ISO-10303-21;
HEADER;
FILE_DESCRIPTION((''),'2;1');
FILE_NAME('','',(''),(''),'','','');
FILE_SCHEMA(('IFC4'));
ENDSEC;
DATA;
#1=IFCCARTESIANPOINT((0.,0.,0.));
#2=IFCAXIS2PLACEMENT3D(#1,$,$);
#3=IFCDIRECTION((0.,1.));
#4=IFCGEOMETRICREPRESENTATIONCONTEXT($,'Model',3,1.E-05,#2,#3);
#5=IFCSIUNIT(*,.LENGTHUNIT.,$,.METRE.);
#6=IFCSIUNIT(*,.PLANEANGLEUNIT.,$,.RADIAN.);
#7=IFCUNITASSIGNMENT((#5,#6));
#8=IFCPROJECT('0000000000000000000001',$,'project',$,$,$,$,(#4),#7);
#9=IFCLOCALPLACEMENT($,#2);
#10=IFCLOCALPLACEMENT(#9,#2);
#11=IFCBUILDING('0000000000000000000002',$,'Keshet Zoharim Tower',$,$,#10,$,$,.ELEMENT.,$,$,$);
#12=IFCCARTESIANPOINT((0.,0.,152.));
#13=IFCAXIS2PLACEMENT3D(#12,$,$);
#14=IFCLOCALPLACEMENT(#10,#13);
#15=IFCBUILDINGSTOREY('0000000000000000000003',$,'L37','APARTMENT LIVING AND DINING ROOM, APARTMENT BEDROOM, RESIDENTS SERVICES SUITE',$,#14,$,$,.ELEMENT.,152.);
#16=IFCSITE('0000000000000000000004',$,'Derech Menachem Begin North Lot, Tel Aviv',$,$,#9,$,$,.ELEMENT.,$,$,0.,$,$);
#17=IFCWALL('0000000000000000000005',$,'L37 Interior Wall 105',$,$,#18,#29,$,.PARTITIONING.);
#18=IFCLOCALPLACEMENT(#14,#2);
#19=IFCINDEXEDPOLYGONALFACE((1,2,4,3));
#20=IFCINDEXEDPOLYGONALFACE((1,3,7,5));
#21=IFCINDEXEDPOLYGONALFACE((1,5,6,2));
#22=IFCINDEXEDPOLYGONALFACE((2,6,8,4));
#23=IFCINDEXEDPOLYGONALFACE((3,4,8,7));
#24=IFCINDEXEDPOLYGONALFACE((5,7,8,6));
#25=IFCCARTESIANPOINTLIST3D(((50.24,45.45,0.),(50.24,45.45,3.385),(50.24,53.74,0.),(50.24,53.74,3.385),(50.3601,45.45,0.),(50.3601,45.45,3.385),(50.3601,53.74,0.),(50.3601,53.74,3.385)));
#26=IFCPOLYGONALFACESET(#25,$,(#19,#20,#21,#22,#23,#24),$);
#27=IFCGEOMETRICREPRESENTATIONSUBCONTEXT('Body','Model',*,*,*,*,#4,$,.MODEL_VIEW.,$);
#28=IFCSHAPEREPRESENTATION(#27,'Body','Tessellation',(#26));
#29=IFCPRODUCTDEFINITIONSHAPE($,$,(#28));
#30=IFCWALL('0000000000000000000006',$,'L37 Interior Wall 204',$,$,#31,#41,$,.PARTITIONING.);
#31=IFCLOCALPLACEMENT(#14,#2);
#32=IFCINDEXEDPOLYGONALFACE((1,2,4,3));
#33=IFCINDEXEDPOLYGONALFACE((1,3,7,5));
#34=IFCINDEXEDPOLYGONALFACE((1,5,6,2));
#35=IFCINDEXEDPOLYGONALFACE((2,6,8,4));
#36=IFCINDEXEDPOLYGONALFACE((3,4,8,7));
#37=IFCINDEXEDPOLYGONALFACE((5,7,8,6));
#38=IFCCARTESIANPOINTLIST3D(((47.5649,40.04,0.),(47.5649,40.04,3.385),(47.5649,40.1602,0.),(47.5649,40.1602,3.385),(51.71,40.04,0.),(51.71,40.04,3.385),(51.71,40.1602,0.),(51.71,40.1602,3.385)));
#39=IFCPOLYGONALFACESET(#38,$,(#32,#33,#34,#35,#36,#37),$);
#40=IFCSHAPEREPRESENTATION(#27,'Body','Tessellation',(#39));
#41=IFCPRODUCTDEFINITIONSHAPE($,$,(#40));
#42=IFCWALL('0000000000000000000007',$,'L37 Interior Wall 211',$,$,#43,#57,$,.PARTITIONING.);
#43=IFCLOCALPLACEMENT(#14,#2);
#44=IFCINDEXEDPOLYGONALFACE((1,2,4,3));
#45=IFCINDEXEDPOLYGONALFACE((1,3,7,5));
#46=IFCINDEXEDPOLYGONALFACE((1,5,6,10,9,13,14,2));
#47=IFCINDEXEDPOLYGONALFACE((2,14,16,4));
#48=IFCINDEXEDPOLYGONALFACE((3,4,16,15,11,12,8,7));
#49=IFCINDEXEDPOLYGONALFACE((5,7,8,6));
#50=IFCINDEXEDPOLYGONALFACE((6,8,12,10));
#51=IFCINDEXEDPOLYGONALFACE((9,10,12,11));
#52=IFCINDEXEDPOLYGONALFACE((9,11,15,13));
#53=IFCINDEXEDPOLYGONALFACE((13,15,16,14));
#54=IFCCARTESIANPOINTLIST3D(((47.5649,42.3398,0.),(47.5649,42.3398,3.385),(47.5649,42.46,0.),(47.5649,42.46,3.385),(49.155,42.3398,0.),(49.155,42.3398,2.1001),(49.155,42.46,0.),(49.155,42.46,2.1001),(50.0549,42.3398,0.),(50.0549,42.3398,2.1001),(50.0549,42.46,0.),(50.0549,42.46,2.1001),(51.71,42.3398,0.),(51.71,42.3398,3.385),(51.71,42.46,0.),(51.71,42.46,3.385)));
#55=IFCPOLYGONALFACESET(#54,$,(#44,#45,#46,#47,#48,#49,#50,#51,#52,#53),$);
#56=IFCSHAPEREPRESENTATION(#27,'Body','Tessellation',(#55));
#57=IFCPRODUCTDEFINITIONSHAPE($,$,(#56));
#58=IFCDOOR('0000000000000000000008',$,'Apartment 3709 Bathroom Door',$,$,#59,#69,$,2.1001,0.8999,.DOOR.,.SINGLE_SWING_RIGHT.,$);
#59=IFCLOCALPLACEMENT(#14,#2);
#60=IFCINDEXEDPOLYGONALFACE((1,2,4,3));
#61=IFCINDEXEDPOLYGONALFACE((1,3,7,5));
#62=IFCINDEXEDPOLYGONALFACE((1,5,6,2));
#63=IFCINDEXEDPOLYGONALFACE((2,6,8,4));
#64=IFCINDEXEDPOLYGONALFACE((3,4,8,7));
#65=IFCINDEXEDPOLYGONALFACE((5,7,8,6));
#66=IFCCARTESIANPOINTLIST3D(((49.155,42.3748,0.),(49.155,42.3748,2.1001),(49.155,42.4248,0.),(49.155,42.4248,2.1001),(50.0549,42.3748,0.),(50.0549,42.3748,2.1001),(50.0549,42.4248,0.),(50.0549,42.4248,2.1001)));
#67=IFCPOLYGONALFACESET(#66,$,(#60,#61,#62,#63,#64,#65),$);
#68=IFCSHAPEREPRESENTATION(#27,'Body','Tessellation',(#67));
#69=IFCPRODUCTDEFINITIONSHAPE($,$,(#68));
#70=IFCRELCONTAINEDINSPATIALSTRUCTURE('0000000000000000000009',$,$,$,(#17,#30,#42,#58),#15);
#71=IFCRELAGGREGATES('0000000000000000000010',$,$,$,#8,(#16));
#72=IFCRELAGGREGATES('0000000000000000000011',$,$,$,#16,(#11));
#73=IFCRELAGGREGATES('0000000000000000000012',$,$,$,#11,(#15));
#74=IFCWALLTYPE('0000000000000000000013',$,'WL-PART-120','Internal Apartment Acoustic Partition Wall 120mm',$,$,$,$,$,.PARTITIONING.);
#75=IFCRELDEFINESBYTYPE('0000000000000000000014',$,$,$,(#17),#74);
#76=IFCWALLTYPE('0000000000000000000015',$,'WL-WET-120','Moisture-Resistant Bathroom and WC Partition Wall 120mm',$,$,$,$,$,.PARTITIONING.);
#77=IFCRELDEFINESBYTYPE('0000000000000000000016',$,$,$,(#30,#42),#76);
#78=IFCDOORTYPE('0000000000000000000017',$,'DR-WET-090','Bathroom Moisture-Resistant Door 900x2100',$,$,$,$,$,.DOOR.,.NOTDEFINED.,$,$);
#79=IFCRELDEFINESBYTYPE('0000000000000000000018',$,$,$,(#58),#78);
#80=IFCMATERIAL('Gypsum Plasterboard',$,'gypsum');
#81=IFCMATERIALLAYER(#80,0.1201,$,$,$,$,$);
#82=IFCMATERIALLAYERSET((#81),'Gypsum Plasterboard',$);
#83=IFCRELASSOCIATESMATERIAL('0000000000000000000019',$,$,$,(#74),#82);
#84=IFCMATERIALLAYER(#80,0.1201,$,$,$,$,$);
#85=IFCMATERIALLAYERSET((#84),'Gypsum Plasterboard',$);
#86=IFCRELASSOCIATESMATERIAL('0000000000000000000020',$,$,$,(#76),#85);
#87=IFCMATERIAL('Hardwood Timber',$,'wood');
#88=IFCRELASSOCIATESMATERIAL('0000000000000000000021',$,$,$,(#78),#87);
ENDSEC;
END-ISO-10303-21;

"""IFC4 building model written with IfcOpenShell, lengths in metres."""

from ifc_helpers import new_model, si_unit, direction, frame, frame_2d, origin, place, context, subcontext, project, spatial, rectangle, extrude, material, layer, layer_set, type_object, element, fill, save


model = new_model("IFC4")

# Units and contexts
model_context = context("Model", 3, precision=1e-05, world=origin(), true_north=direction((0.0, 1.0)))
body_context = subcontext(model_context, "Body", "Model", "MODEL_VIEW")
ifc_project = project(units=[si_unit("LENGTHUNIT", "METRE"), si_unit("PLANEANGLEUNIT", "RADIAN")], contexts=[model_context])

# Site, building, storey
site_placement = place(None, origin())
site = spatial("IfcSite", under=ifc_project, at=site_placement, Name="Derech Menachem Begin North Lot, Tel Aviv", CompositionType="ELEMENT", RefElevation=0.0)
building_placement = place(site_placement, origin())
building = spatial("IfcBuilding", under=site, at=building_placement, Name="Keshet Zoharim Tower", CompositionType="ELEMENT")
storey_placement = place(building_placement, frame((0.0, 0.0, 152.0)))
storey = spatial("IfcBuildingStorey", under=building, at=storey_placement, Name="L37", Description="APARTMENT LIVING AND DINING ROOM, APARTMENT BEDROOM, RESIDENTS SERVICES SUITE", CompositionType="ELEMENT", Elevation=152.0)

# Shared definitions
ifc_material_1 = material(Name="Hardwood Timber", Category="wood")

# Wall
ifc_material_2 = material(Name="Gypsum Plasterboard", Category="gypsum")
ifc_layer_1 = layer(ifc_material_2, 0.1201)
ifc_layer_set_1 = layer_set([ifc_layer_1], Name="Gypsum Plasterboard")
wall_type_1 = type_object("IfcWallType", Name="WL-PART-120", Description="Internal Apartment Acoustic Partition Wall 120mm", PredefinedType="PARTITIONING", material=ifc_layer_set_1)
wall_1_placement = place(storey_placement, frame((50.3, 45.45, 0.0), z_axis=(0.0, 0.0, 1.0), x_axis=(0.0, 1.0, 0.0)))
element("IfcWall", 1, at=wall_1_placement, inside=storey, type_object=wall_type_1, Name="L37 Interior Wall 105", PredefinedType="PARTITIONING", context=body_context, shape_type="SweptSolid", body=[
    extrude(rectangle(XDim=8.29, YDim=0.1201, at=frame_2d((4.145, 0.0))), origin(), (0.0, 0.0, 1.0), 3.385),
])

# Wall
ifc_layer_2 = layer(ifc_material_2, 0.1201)
ifc_layer_set_2 = layer_set([ifc_layer_2], Name="Gypsum Plasterboard")
wall_type_2 = type_object("IfcWallType", Name="WL-WET-120", Description="Moisture-Resistant Bathroom and WC Partition Wall 120mm", PredefinedType="PARTITIONING", material=ifc_layer_set_2)
wall_2_placement = place(storey_placement, frame((47.5649, 40.1001, 0.0), z_axis=(0.0, 0.0, 1.0), x_axis=(1.0, 0.0, 0.0)))
element("IfcWall", 2, at=wall_2_placement, inside=storey, type_object=wall_type_2, Name="L37 Interior Wall 204", PredefinedType="PARTITIONING", context=body_context, shape_type="SweptSolid", body=[
    extrude(rectangle(XDim=4.145, YDim=0.1201, at=frame_2d((2.0725, 0.0))), origin(), (0.0, 0.0, 1.0), 3.385),
])

# Wall, opening, door
wall_3_placement = place(storey_placement, frame((47.5649, 42.3999, 0.0), z_axis=(0.0, 0.0, 1.0), x_axis=(1.0, 0.0, 0.0)))
wall_3 = element("IfcWall", 3, at=wall_3_placement, inside=storey, type_object=wall_type_2, Name="L37 Interior Wall 211", PredefinedType="PARTITIONING", context=body_context, shape_type="SweptSolid", body=[
    extrude(rectangle(XDim=4.145, YDim=0.1201, at=frame_2d((2.0725, 0.0))), origin(), (0.0, 0.0, 1.0), 3.385),
])
opening_1_placement = place(wall_3_placement, frame((1.5901, 0.0, 0.0)))
opening_1 = element("IfcOpeningElement", 4, at=opening_1_placement, cuts=wall_3, PredefinedType="OPENING", context=body_context, shape_type="SweptSolid", body=[
    extrude(rectangle(XDim=0.8999, YDim=2.1001, at=frame_2d((0.45, 1.05))), frame((0.0, 0.0701, 0.0), z_axis=(0.0, -1.0, 0.0), x_axis=(1.0, 0.0, 0.0)), (0.0, 0.0, 1.0), 0.1401),
])
door_type_1 = type_object("IfcDoorType", Name="DR-WET-090", Description="Bathroom Moisture-Resistant Door 900x2100", OperationType="NOTDEFINED", PredefinedType="DOOR", material=ifc_material_1)
door_1_placement = place(opening_1_placement, origin())
door_1 = element("IfcDoor", 5, at=door_1_placement, inside=storey, type_object=door_type_1, Name="Apartment 3709 Bathroom Door", OperationType="SINGLE_SWING_RIGHT", OverallHeight=2.1001, OverallWidth=0.8999, PredefinedType="DOOR", context=body_context, shape_type="SweptSolid", body=[
    extrude(rectangle(XDim=0.8999, YDim=2.1001, at=frame_2d((0.45, 1.05))), frame((0.0, 0.0249, 0.0), z_axis=(0.0, -1.0, 0.0), x_axis=(1.0, 0.0, 0.0)), (0.0, 0.0, 1.0), 0.05),
])
fill(opening_1, door_1)

save(model, "model.ifc")
